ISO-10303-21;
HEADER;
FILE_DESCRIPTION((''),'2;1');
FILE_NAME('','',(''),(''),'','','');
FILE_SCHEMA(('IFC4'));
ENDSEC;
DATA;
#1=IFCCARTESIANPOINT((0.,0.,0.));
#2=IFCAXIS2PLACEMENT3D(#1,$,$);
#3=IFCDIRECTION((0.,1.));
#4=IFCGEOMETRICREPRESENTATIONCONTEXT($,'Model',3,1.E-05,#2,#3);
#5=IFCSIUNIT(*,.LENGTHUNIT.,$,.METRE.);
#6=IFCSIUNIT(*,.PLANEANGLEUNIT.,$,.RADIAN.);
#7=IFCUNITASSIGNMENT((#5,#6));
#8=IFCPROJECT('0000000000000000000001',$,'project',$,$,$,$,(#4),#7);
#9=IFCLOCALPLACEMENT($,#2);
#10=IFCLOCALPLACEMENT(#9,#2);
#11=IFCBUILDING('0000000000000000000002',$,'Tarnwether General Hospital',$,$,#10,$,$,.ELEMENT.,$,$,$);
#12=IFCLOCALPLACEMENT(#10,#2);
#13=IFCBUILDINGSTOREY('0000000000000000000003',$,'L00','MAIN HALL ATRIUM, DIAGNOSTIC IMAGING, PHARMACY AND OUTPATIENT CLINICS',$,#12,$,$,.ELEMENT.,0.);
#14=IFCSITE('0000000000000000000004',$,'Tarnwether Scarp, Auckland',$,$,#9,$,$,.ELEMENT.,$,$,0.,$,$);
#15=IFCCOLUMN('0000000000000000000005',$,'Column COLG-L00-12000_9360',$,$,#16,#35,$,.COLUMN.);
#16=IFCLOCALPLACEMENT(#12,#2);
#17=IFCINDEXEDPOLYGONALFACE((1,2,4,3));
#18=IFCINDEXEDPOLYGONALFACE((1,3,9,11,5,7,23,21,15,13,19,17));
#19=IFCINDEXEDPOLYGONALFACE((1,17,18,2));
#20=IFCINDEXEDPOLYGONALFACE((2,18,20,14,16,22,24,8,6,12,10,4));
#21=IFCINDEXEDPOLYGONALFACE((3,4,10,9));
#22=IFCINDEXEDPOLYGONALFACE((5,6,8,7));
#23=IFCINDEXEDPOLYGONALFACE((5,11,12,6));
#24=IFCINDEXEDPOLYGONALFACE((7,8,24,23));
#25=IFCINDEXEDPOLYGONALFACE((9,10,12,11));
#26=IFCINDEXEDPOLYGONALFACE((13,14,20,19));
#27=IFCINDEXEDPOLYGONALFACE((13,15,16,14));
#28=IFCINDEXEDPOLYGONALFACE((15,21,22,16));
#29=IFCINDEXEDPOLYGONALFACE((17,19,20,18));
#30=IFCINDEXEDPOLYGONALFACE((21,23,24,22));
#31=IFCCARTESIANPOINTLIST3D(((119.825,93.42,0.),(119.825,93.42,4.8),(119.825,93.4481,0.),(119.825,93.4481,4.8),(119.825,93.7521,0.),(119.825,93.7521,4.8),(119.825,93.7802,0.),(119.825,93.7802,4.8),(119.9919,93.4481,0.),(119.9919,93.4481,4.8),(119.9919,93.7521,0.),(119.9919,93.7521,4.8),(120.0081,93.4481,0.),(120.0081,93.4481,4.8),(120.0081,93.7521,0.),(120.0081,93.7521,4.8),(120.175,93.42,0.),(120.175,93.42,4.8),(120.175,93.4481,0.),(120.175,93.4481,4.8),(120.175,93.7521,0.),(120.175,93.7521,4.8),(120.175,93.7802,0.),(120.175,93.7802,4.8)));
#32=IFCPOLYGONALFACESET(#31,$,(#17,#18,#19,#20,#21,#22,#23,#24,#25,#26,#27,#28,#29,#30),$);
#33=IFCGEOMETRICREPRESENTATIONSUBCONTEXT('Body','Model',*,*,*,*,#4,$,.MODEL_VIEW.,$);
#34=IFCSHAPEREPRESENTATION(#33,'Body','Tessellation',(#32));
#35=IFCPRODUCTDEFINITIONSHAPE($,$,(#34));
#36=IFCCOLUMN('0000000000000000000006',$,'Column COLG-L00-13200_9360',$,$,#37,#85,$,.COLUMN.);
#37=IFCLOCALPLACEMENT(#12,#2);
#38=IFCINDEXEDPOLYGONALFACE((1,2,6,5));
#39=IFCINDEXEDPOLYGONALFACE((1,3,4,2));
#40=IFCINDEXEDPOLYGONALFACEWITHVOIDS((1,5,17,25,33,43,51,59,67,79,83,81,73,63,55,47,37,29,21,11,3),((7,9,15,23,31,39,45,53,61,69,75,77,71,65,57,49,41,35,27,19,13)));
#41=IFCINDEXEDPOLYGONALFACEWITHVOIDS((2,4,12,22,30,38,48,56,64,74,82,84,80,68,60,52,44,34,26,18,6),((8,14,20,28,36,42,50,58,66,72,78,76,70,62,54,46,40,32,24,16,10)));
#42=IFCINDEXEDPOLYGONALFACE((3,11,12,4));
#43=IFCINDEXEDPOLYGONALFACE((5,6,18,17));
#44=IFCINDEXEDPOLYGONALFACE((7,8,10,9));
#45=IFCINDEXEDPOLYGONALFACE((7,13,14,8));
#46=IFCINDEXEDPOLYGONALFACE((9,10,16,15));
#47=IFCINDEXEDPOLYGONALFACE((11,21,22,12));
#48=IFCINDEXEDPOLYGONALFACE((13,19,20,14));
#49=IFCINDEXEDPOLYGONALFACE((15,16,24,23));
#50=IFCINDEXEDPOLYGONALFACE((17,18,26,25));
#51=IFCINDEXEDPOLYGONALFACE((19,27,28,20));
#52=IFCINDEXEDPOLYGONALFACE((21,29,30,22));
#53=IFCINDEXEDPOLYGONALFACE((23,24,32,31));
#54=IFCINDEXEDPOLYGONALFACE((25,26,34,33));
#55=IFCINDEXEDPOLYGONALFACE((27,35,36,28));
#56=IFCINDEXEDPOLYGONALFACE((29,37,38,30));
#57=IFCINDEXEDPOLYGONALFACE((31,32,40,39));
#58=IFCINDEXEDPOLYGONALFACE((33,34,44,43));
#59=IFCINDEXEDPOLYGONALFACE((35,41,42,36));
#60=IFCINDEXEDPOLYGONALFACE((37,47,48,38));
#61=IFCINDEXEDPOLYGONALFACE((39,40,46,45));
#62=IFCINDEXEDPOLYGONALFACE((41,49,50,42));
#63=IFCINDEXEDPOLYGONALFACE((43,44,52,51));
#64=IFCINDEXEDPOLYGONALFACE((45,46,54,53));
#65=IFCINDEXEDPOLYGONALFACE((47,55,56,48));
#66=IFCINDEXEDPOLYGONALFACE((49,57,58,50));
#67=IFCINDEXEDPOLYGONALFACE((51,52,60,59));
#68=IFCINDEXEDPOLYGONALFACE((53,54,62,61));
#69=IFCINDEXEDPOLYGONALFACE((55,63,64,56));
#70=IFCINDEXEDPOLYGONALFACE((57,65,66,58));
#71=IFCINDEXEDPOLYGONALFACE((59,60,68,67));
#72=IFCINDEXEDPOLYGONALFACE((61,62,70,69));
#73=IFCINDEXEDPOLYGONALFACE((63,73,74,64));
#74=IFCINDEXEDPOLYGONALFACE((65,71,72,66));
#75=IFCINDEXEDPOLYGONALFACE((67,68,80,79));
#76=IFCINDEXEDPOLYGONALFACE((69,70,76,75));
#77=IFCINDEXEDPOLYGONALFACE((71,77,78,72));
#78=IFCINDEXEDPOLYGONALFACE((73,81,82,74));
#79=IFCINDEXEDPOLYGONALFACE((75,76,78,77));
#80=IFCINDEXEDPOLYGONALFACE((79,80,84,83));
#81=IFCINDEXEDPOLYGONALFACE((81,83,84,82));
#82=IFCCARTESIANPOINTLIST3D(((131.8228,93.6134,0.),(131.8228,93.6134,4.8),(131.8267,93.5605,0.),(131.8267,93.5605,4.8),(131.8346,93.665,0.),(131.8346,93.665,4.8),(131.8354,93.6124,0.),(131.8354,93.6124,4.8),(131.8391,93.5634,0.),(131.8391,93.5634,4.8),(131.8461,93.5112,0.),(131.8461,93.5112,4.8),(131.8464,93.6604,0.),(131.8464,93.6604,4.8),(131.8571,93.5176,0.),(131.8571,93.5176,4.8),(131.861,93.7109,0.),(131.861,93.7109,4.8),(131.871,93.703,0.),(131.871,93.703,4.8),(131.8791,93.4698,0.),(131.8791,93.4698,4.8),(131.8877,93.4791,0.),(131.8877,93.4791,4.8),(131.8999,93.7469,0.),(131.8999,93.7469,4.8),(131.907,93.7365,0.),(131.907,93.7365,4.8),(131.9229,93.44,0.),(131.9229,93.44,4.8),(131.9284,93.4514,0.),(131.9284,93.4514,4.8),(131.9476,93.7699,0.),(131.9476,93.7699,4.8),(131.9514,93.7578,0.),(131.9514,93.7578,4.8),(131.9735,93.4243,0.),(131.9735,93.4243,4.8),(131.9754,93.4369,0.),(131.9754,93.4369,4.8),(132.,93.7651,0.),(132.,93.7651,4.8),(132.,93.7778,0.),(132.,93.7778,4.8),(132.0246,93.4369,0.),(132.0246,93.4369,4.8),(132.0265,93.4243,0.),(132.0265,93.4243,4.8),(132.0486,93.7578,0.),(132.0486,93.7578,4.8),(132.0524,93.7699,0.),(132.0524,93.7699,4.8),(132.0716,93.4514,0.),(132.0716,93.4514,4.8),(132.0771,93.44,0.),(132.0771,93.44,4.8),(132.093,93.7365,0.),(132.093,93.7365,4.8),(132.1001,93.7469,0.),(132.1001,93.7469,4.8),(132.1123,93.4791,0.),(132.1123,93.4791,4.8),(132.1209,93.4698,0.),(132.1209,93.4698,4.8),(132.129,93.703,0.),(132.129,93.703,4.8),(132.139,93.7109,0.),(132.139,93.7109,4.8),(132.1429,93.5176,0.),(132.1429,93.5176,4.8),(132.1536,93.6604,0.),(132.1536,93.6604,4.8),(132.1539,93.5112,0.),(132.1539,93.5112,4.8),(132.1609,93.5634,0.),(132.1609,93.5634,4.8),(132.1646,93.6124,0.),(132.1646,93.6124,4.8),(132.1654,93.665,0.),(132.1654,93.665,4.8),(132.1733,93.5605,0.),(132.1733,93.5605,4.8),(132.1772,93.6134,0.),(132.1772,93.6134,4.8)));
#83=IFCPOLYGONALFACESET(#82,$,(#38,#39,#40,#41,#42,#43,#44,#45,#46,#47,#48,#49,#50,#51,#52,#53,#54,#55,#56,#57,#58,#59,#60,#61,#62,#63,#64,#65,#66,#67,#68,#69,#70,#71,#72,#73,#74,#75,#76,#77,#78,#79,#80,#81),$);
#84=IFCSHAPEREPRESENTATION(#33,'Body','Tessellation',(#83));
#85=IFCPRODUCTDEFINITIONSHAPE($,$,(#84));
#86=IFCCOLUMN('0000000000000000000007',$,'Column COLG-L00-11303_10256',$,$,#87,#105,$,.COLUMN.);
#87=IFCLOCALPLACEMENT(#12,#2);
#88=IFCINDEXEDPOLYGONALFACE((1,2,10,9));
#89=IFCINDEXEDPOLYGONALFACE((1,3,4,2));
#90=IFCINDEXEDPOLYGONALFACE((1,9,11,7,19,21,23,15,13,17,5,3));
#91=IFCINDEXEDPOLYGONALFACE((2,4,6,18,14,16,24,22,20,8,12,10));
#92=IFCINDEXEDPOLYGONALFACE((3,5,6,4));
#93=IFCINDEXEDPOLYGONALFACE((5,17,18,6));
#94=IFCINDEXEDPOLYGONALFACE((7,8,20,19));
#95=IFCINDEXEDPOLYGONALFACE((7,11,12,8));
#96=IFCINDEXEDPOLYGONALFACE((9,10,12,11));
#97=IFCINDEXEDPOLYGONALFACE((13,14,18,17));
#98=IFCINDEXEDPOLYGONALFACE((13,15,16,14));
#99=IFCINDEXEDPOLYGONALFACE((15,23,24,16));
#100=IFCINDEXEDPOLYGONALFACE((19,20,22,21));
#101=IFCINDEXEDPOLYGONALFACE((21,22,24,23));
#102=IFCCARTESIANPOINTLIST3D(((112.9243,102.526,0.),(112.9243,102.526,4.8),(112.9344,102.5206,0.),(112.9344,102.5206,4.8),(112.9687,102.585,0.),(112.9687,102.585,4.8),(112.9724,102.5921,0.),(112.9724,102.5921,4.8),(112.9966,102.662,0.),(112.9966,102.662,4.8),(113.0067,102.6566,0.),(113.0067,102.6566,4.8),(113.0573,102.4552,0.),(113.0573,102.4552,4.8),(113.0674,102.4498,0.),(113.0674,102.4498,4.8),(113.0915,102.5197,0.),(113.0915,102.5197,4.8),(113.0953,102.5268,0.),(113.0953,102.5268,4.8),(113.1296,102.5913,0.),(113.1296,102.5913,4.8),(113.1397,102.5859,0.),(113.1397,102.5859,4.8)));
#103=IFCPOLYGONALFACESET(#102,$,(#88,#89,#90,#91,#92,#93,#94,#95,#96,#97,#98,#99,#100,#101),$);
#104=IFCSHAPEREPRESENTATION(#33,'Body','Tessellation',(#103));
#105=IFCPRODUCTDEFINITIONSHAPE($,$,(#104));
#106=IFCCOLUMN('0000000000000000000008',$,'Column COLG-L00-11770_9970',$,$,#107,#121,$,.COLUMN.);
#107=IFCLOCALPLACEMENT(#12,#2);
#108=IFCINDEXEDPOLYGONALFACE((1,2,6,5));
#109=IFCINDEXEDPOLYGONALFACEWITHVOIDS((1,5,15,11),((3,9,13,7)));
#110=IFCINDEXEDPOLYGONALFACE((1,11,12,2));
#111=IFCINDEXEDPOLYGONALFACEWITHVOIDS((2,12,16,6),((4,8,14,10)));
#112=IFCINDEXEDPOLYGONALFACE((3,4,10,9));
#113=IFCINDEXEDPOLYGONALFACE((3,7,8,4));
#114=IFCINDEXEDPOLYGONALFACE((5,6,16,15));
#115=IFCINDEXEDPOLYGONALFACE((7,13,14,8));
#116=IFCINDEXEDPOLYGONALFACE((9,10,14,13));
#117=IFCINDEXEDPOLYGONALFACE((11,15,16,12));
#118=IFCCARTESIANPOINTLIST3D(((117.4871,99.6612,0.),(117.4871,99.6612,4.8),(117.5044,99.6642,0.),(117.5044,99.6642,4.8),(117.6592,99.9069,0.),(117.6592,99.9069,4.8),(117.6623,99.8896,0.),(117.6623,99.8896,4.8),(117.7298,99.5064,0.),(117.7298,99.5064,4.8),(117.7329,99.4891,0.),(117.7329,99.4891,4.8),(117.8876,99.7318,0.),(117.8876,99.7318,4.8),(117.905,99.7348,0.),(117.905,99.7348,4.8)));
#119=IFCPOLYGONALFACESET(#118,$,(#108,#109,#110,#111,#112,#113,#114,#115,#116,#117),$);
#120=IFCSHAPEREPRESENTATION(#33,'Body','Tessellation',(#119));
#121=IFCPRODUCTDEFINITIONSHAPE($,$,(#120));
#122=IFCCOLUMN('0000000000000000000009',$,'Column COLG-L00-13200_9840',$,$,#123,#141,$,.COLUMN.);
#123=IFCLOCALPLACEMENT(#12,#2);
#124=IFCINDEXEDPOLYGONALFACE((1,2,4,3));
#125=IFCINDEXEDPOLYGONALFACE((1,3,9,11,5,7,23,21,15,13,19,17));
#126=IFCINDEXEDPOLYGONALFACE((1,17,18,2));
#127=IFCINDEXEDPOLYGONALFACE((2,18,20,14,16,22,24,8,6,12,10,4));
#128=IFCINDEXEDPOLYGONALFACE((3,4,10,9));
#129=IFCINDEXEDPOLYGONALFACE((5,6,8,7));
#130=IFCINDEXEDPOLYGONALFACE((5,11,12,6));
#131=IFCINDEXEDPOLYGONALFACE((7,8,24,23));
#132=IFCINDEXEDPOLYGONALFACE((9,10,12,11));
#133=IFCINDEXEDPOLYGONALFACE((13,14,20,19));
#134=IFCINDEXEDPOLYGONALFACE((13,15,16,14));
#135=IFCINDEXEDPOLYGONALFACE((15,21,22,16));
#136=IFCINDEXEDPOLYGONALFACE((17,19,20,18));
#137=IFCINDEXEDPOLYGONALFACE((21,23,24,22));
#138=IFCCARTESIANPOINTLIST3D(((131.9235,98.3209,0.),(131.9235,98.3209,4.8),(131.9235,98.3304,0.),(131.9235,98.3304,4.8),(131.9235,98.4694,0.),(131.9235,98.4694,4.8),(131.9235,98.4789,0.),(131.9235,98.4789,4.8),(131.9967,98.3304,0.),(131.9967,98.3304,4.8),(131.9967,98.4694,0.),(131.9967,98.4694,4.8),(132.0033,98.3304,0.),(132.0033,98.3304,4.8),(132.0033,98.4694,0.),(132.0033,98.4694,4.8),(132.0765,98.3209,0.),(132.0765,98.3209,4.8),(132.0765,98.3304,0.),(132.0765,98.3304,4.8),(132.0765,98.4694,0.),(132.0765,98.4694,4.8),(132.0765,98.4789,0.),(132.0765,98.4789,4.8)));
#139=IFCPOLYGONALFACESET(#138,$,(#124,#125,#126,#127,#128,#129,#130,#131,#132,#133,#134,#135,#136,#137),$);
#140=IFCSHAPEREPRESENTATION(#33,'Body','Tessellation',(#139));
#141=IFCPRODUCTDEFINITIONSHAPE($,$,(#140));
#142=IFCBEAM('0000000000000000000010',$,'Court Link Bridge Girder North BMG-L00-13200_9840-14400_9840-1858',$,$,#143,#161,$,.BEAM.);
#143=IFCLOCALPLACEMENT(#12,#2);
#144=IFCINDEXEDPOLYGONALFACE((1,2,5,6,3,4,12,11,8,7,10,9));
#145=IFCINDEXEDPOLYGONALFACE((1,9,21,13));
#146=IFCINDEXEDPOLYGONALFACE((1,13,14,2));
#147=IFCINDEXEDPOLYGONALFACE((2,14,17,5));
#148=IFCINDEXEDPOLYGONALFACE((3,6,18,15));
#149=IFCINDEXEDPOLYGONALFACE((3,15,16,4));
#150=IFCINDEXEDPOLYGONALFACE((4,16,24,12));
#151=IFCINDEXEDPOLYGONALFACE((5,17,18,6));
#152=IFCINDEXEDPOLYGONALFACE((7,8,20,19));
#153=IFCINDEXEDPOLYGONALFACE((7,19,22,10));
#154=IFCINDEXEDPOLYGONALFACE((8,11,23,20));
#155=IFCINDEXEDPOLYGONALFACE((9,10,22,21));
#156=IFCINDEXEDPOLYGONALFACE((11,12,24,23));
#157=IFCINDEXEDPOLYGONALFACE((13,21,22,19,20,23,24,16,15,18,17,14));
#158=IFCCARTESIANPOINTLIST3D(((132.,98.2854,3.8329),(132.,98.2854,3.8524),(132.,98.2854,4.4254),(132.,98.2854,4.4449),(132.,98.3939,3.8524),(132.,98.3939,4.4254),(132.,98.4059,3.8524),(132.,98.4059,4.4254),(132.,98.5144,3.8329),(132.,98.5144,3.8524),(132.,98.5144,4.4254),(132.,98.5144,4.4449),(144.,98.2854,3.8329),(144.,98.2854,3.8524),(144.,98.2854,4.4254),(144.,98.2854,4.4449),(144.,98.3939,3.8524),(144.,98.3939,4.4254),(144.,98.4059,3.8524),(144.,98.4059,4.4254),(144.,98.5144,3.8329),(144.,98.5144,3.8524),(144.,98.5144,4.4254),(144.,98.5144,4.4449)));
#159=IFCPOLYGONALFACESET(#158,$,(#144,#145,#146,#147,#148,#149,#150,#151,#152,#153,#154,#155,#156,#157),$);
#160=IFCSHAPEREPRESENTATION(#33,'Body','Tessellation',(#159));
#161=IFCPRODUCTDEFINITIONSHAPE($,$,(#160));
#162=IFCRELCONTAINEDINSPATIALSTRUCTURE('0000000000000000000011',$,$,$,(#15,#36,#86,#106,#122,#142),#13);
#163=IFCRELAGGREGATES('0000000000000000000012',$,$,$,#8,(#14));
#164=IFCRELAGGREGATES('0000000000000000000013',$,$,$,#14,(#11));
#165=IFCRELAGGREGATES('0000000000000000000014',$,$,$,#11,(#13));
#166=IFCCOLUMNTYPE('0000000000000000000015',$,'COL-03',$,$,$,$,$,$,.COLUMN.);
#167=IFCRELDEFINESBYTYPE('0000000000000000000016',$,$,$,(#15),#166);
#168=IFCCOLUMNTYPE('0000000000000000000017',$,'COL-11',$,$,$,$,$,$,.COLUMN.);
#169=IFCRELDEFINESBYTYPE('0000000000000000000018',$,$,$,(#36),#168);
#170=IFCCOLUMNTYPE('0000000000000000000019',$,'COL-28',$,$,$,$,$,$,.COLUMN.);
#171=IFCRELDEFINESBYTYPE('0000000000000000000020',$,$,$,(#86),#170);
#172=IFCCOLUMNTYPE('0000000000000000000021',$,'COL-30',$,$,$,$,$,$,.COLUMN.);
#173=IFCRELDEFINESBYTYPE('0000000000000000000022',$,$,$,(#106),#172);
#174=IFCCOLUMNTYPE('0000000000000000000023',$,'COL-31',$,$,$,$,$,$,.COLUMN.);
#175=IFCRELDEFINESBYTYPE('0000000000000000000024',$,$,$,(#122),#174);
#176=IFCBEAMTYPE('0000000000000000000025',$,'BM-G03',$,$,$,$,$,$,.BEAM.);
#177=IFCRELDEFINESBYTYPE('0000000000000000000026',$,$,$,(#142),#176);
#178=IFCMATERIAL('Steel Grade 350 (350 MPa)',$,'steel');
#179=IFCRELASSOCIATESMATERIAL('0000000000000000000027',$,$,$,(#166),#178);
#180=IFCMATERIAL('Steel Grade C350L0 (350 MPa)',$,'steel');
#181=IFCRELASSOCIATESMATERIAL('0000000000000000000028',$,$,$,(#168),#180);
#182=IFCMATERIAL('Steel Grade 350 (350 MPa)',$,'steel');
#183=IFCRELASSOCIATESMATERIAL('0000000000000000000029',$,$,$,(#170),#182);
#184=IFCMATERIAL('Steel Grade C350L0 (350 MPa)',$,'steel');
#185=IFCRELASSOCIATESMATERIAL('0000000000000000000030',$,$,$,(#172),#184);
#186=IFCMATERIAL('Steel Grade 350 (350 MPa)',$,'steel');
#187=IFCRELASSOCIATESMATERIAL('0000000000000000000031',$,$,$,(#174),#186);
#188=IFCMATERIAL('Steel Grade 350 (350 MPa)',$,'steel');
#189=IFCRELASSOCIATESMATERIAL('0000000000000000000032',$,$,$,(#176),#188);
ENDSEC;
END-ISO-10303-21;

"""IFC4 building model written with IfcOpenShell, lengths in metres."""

from ifc_helpers import new_model, si_unit, direction, frame, origin, origin_2d, place, context, subcontext, project, spatial, hollow_rectangle, hollow_circle, i_section, extrude, material, material_profile, profile_set, type_object, element, save


model = new_model("IFC4")

# Units and contexts
model_context = context("Model", 3, precision=1e-05, world=origin(), true_north=direction((0.0, 1.0)))
body_context = subcontext(model_context, "Body", "Model", "MODEL_VIEW")
ifc_project = project(units=[si_unit("LENGTHUNIT", "METRE"), si_unit("PLANEANGLEUNIT", "RADIAN")], contexts=[model_context])

# Site, building, storey
site_placement = place(None, origin())
site = spatial("IfcSite", under=ifc_project, at=site_placement, Name="Tarnwether Scarp, Auckland", CompositionType="ELEMENT", RefElevation=0.0)
building_placement = place(site_placement, origin())
building = spatial("IfcBuilding", under=site, at=building_placement, Name="Tarnwether General Hospital", CompositionType="ELEMENT")
storey_placement = place(building_placement, origin())
storey = spatial("IfcBuildingStorey", under=building, at=storey_placement, Name="L00", Description="MAIN HALL ATRIUM, DIAGNOSTIC IMAGING, PHARMACY AND OUTPATIENT CLINICS", CompositionType="ELEMENT", Elevation=0.0)

# Columns
ifc_material_1 = material(Name="Steel Grade 350 (350 MPa)", Category="steel")
ifc_material_profile_1 = material_profile(ifc_material_1, i_section(OverallWidth=0.3501, OverallDepth=0.3601, WebThickness=0.0161, FlangeThickness=0.0281, at=origin_2d()), Name="350WC230")
ifc_profile_set_1 = profile_set([ifc_material_profile_1], Name="Steel Grade 350 (350 MPa)")
column_type_1 = type_object("IfcColumnType", Name="COL-03", PredefinedType="COLUMN", material=ifc_profile_set_1)
column_1_placement = place(storey_placement, frame((120.0, 93.6001, 0.0), z_axis=(0.0, 0.0, 1.0), x_axis=(1.0, 0.0, 0.0)))
element("IfcColumn", 1, at=column_1_placement, inside=storey, type_object=column_type_1, Name="Column COLG-L00-12000_9360", PredefinedType="COLUMN", context=body_context, shape_type="SweptSolid", body=[
    extrude(i_section(OverallWidth=0.3501, OverallDepth=0.3601, WebThickness=0.0161, FlangeThickness=0.0281, at=origin_2d()), origin(), (0.0, 0.0, 1.0), 4.8),
])
ifc_material_2 = material(Name="Steel Grade C350L0 (350 MPa)", Category="steel")
ifc_material_profile_2 = material_profile(ifc_material_2, hollow_circle(Radius=0.1777, WallThickness=0.0127, at=origin_2d()), Name="CHS355.6x12.7")
ifc_profile_set_2 = profile_set([ifc_material_profile_2], Name="Steel Grade C350L0 (350 MPa)")
column_type_2 = type_object("IfcColumnType", Name="COL-11", PredefinedType="COLUMN", material=ifc_profile_set_2)
column_2_placement = place(storey_placement, frame((132.0, 93.6001, 0.0), z_axis=(0.0, 0.0, 1.0), x_axis=(0.0, 1.0, 0.0)))
element("IfcColumn", 2, at=column_2_placement, inside=storey, type_object=column_type_2, Name="Column COLG-L00-13200_9360", PredefinedType="COLUMN", context=body_context, shape_type="SweptSolid", body=[
    extrude(hollow_circle(Radius=0.1777, WallThickness=0.0127, at=origin_2d()), origin(), (0.0, 0.0, 1.0), 4.8),
])
ifc_material_3 = material(Name="Steel Grade 350 (350 MPa)", Category="steel")
ifc_material_profile_3 = material_profile(ifc_material_3, i_section(OverallWidth=0.1541, OverallDepth=0.1621, WebThickness=0.0081, FlangeThickness=0.0115, at=origin_2d()), Name="150UC37.2")
ifc_profile_set_3 = profile_set([ifc_material_profile_3], Name="Steel Grade 350 (350 MPa)")
column_type_3 = type_object("IfcColumnType", Name="COL-28", PredefinedType="COLUMN", material=ifc_profile_set_3)
column_3_placement = place(storey_placement, frame((113.032, 102.5559, 0.0), z_axis=(0.0, 0.0, 1.0), x_axis=(0.469472, 0.882948, 0.0)))
element("IfcColumn", 3, at=column_3_placement, inside=storey, type_object=column_type_3, Name="Column COLG-L00-11303_10256", PredefinedType="COLUMN", context=body_context, shape_type="SweptSolid", body=[
    extrude(i_section(OverallWidth=0.1541, OverallDepth=0.1621, WebThickness=0.0081, FlangeThickness=0.0115, at=origin_2d()), origin(), (0.0, 0.0, 1.0), 4.8),
])
ifc_material_4 = material(Name="Steel Grade C350L0 (350 MPa)", Category="steel")
ifc_material_profile_4 = material_profile(ifc_material_4, hollow_rectangle(XDim=0.3, YDim=0.3, WallThickness=0.0125, at=origin_2d()), Name="SHS300x300x12.5")
ifc_profile_set_4 = profile_set([ifc_material_profile_4], Name="Steel Grade C350L0 (350 MPa)")
column_type_4 = type_object("IfcColumnType", Name="COL-30", PredefinedType="COLUMN", material=ifc_profile_set_4)
column_4_placement = place(storey_placement, frame((117.696, 99.698, 0.0), z_axis=(0.0, 0.0, 1.0), x_axis=(0.573576, 0.819152, 0.0)))
element("IfcColumn", 4, at=column_4_placement, inside=storey, type_object=column_type_4, Name="Column COLG-L00-11770_9970", PredefinedType="COLUMN", context=body_context, shape_type="SweptSolid", body=[
    extrude(hollow_rectangle(XDim=0.3, YDim=0.3, WallThickness=0.0125, at=origin_2d()), origin(), (0.0, 0.0, 1.0), 4.8),
])
ifc_material_5 = material(Name="Steel Grade 350 (350 MPa)", Category="steel")
ifc_material_profile_5 = material_profile(ifc_material_5, i_section(OverallWidth=0.1531, OverallDepth=0.158, WebThickness=0.0066, FlangeThickness=0.0095, at=origin_2d()), Name="150UC30.0")
ifc_profile_set_5 = profile_set([ifc_material_profile_5], Name="Steel Grade 350 (350 MPa)")
column_type_5 = type_object("IfcColumnType", Name="COL-31", PredefinedType="COLUMN", material=ifc_profile_set_5)
column_5_placement = place(storey_placement, frame((132.0, 98.3999, 0.0), z_axis=(0.0, 0.0, 1.0), x_axis=(1.0, 0.0, 0.0)))
element("IfcColumn", 5, at=column_5_placement, inside=storey, type_object=column_type_5, Name="Column COLG-L00-13200_9840", PredefinedType="COLUMN", context=body_context, shape_type="SweptSolid", body=[
    extrude(i_section(OverallWidth=0.1531, OverallDepth=0.158, WebThickness=0.0066, FlangeThickness=0.0095, at=origin_2d()), origin(), (0.0, 0.0, 1.0), 4.8),
])

# Beam
ifc_material_6 = material(Name="Steel Grade 350 (350 MPa)", Category="steel")
ifc_material_profile_6 = material_profile(ifc_material_6, i_section(OverallWidth=0.229, OverallDepth=0.6121, WebThickness=0.012, FlangeThickness=0.0195, at=origin_2d()), Name="610UB125")
ifc_profile_set_6 = profile_set([ifc_material_profile_6], Name="Steel Grade 350 (350 MPa)")
beam_type_1 = type_object("IfcBeamType", Name="BM-G03", PredefinedType="BEAM", material=ifc_profile_set_6)
beam_1_placement = place(storey_placement, frame((132.0, 98.3999, 4.1389), z_axis=(1.0, 0.0, 0.0), x_axis=(0.0, 1.0, 0.0)))
element("IfcBeam", 6, at=beam_1_placement, inside=storey, type_object=beam_type_1, Name="Court Link Bridge Girder North BMG-L00-13200_9840-14400_9840-1858", PredefinedType="BEAM", context=body_context, shape_type="SweptSolid", body=[
    extrude(i_section(OverallWidth=0.229, OverallDepth=0.6121, WebThickness=0.012, FlangeThickness=0.0195, at=origin_2d()), origin(), (0.0, 0.0, 1.0), 12.0),
])

save(model, "model.ifc")
